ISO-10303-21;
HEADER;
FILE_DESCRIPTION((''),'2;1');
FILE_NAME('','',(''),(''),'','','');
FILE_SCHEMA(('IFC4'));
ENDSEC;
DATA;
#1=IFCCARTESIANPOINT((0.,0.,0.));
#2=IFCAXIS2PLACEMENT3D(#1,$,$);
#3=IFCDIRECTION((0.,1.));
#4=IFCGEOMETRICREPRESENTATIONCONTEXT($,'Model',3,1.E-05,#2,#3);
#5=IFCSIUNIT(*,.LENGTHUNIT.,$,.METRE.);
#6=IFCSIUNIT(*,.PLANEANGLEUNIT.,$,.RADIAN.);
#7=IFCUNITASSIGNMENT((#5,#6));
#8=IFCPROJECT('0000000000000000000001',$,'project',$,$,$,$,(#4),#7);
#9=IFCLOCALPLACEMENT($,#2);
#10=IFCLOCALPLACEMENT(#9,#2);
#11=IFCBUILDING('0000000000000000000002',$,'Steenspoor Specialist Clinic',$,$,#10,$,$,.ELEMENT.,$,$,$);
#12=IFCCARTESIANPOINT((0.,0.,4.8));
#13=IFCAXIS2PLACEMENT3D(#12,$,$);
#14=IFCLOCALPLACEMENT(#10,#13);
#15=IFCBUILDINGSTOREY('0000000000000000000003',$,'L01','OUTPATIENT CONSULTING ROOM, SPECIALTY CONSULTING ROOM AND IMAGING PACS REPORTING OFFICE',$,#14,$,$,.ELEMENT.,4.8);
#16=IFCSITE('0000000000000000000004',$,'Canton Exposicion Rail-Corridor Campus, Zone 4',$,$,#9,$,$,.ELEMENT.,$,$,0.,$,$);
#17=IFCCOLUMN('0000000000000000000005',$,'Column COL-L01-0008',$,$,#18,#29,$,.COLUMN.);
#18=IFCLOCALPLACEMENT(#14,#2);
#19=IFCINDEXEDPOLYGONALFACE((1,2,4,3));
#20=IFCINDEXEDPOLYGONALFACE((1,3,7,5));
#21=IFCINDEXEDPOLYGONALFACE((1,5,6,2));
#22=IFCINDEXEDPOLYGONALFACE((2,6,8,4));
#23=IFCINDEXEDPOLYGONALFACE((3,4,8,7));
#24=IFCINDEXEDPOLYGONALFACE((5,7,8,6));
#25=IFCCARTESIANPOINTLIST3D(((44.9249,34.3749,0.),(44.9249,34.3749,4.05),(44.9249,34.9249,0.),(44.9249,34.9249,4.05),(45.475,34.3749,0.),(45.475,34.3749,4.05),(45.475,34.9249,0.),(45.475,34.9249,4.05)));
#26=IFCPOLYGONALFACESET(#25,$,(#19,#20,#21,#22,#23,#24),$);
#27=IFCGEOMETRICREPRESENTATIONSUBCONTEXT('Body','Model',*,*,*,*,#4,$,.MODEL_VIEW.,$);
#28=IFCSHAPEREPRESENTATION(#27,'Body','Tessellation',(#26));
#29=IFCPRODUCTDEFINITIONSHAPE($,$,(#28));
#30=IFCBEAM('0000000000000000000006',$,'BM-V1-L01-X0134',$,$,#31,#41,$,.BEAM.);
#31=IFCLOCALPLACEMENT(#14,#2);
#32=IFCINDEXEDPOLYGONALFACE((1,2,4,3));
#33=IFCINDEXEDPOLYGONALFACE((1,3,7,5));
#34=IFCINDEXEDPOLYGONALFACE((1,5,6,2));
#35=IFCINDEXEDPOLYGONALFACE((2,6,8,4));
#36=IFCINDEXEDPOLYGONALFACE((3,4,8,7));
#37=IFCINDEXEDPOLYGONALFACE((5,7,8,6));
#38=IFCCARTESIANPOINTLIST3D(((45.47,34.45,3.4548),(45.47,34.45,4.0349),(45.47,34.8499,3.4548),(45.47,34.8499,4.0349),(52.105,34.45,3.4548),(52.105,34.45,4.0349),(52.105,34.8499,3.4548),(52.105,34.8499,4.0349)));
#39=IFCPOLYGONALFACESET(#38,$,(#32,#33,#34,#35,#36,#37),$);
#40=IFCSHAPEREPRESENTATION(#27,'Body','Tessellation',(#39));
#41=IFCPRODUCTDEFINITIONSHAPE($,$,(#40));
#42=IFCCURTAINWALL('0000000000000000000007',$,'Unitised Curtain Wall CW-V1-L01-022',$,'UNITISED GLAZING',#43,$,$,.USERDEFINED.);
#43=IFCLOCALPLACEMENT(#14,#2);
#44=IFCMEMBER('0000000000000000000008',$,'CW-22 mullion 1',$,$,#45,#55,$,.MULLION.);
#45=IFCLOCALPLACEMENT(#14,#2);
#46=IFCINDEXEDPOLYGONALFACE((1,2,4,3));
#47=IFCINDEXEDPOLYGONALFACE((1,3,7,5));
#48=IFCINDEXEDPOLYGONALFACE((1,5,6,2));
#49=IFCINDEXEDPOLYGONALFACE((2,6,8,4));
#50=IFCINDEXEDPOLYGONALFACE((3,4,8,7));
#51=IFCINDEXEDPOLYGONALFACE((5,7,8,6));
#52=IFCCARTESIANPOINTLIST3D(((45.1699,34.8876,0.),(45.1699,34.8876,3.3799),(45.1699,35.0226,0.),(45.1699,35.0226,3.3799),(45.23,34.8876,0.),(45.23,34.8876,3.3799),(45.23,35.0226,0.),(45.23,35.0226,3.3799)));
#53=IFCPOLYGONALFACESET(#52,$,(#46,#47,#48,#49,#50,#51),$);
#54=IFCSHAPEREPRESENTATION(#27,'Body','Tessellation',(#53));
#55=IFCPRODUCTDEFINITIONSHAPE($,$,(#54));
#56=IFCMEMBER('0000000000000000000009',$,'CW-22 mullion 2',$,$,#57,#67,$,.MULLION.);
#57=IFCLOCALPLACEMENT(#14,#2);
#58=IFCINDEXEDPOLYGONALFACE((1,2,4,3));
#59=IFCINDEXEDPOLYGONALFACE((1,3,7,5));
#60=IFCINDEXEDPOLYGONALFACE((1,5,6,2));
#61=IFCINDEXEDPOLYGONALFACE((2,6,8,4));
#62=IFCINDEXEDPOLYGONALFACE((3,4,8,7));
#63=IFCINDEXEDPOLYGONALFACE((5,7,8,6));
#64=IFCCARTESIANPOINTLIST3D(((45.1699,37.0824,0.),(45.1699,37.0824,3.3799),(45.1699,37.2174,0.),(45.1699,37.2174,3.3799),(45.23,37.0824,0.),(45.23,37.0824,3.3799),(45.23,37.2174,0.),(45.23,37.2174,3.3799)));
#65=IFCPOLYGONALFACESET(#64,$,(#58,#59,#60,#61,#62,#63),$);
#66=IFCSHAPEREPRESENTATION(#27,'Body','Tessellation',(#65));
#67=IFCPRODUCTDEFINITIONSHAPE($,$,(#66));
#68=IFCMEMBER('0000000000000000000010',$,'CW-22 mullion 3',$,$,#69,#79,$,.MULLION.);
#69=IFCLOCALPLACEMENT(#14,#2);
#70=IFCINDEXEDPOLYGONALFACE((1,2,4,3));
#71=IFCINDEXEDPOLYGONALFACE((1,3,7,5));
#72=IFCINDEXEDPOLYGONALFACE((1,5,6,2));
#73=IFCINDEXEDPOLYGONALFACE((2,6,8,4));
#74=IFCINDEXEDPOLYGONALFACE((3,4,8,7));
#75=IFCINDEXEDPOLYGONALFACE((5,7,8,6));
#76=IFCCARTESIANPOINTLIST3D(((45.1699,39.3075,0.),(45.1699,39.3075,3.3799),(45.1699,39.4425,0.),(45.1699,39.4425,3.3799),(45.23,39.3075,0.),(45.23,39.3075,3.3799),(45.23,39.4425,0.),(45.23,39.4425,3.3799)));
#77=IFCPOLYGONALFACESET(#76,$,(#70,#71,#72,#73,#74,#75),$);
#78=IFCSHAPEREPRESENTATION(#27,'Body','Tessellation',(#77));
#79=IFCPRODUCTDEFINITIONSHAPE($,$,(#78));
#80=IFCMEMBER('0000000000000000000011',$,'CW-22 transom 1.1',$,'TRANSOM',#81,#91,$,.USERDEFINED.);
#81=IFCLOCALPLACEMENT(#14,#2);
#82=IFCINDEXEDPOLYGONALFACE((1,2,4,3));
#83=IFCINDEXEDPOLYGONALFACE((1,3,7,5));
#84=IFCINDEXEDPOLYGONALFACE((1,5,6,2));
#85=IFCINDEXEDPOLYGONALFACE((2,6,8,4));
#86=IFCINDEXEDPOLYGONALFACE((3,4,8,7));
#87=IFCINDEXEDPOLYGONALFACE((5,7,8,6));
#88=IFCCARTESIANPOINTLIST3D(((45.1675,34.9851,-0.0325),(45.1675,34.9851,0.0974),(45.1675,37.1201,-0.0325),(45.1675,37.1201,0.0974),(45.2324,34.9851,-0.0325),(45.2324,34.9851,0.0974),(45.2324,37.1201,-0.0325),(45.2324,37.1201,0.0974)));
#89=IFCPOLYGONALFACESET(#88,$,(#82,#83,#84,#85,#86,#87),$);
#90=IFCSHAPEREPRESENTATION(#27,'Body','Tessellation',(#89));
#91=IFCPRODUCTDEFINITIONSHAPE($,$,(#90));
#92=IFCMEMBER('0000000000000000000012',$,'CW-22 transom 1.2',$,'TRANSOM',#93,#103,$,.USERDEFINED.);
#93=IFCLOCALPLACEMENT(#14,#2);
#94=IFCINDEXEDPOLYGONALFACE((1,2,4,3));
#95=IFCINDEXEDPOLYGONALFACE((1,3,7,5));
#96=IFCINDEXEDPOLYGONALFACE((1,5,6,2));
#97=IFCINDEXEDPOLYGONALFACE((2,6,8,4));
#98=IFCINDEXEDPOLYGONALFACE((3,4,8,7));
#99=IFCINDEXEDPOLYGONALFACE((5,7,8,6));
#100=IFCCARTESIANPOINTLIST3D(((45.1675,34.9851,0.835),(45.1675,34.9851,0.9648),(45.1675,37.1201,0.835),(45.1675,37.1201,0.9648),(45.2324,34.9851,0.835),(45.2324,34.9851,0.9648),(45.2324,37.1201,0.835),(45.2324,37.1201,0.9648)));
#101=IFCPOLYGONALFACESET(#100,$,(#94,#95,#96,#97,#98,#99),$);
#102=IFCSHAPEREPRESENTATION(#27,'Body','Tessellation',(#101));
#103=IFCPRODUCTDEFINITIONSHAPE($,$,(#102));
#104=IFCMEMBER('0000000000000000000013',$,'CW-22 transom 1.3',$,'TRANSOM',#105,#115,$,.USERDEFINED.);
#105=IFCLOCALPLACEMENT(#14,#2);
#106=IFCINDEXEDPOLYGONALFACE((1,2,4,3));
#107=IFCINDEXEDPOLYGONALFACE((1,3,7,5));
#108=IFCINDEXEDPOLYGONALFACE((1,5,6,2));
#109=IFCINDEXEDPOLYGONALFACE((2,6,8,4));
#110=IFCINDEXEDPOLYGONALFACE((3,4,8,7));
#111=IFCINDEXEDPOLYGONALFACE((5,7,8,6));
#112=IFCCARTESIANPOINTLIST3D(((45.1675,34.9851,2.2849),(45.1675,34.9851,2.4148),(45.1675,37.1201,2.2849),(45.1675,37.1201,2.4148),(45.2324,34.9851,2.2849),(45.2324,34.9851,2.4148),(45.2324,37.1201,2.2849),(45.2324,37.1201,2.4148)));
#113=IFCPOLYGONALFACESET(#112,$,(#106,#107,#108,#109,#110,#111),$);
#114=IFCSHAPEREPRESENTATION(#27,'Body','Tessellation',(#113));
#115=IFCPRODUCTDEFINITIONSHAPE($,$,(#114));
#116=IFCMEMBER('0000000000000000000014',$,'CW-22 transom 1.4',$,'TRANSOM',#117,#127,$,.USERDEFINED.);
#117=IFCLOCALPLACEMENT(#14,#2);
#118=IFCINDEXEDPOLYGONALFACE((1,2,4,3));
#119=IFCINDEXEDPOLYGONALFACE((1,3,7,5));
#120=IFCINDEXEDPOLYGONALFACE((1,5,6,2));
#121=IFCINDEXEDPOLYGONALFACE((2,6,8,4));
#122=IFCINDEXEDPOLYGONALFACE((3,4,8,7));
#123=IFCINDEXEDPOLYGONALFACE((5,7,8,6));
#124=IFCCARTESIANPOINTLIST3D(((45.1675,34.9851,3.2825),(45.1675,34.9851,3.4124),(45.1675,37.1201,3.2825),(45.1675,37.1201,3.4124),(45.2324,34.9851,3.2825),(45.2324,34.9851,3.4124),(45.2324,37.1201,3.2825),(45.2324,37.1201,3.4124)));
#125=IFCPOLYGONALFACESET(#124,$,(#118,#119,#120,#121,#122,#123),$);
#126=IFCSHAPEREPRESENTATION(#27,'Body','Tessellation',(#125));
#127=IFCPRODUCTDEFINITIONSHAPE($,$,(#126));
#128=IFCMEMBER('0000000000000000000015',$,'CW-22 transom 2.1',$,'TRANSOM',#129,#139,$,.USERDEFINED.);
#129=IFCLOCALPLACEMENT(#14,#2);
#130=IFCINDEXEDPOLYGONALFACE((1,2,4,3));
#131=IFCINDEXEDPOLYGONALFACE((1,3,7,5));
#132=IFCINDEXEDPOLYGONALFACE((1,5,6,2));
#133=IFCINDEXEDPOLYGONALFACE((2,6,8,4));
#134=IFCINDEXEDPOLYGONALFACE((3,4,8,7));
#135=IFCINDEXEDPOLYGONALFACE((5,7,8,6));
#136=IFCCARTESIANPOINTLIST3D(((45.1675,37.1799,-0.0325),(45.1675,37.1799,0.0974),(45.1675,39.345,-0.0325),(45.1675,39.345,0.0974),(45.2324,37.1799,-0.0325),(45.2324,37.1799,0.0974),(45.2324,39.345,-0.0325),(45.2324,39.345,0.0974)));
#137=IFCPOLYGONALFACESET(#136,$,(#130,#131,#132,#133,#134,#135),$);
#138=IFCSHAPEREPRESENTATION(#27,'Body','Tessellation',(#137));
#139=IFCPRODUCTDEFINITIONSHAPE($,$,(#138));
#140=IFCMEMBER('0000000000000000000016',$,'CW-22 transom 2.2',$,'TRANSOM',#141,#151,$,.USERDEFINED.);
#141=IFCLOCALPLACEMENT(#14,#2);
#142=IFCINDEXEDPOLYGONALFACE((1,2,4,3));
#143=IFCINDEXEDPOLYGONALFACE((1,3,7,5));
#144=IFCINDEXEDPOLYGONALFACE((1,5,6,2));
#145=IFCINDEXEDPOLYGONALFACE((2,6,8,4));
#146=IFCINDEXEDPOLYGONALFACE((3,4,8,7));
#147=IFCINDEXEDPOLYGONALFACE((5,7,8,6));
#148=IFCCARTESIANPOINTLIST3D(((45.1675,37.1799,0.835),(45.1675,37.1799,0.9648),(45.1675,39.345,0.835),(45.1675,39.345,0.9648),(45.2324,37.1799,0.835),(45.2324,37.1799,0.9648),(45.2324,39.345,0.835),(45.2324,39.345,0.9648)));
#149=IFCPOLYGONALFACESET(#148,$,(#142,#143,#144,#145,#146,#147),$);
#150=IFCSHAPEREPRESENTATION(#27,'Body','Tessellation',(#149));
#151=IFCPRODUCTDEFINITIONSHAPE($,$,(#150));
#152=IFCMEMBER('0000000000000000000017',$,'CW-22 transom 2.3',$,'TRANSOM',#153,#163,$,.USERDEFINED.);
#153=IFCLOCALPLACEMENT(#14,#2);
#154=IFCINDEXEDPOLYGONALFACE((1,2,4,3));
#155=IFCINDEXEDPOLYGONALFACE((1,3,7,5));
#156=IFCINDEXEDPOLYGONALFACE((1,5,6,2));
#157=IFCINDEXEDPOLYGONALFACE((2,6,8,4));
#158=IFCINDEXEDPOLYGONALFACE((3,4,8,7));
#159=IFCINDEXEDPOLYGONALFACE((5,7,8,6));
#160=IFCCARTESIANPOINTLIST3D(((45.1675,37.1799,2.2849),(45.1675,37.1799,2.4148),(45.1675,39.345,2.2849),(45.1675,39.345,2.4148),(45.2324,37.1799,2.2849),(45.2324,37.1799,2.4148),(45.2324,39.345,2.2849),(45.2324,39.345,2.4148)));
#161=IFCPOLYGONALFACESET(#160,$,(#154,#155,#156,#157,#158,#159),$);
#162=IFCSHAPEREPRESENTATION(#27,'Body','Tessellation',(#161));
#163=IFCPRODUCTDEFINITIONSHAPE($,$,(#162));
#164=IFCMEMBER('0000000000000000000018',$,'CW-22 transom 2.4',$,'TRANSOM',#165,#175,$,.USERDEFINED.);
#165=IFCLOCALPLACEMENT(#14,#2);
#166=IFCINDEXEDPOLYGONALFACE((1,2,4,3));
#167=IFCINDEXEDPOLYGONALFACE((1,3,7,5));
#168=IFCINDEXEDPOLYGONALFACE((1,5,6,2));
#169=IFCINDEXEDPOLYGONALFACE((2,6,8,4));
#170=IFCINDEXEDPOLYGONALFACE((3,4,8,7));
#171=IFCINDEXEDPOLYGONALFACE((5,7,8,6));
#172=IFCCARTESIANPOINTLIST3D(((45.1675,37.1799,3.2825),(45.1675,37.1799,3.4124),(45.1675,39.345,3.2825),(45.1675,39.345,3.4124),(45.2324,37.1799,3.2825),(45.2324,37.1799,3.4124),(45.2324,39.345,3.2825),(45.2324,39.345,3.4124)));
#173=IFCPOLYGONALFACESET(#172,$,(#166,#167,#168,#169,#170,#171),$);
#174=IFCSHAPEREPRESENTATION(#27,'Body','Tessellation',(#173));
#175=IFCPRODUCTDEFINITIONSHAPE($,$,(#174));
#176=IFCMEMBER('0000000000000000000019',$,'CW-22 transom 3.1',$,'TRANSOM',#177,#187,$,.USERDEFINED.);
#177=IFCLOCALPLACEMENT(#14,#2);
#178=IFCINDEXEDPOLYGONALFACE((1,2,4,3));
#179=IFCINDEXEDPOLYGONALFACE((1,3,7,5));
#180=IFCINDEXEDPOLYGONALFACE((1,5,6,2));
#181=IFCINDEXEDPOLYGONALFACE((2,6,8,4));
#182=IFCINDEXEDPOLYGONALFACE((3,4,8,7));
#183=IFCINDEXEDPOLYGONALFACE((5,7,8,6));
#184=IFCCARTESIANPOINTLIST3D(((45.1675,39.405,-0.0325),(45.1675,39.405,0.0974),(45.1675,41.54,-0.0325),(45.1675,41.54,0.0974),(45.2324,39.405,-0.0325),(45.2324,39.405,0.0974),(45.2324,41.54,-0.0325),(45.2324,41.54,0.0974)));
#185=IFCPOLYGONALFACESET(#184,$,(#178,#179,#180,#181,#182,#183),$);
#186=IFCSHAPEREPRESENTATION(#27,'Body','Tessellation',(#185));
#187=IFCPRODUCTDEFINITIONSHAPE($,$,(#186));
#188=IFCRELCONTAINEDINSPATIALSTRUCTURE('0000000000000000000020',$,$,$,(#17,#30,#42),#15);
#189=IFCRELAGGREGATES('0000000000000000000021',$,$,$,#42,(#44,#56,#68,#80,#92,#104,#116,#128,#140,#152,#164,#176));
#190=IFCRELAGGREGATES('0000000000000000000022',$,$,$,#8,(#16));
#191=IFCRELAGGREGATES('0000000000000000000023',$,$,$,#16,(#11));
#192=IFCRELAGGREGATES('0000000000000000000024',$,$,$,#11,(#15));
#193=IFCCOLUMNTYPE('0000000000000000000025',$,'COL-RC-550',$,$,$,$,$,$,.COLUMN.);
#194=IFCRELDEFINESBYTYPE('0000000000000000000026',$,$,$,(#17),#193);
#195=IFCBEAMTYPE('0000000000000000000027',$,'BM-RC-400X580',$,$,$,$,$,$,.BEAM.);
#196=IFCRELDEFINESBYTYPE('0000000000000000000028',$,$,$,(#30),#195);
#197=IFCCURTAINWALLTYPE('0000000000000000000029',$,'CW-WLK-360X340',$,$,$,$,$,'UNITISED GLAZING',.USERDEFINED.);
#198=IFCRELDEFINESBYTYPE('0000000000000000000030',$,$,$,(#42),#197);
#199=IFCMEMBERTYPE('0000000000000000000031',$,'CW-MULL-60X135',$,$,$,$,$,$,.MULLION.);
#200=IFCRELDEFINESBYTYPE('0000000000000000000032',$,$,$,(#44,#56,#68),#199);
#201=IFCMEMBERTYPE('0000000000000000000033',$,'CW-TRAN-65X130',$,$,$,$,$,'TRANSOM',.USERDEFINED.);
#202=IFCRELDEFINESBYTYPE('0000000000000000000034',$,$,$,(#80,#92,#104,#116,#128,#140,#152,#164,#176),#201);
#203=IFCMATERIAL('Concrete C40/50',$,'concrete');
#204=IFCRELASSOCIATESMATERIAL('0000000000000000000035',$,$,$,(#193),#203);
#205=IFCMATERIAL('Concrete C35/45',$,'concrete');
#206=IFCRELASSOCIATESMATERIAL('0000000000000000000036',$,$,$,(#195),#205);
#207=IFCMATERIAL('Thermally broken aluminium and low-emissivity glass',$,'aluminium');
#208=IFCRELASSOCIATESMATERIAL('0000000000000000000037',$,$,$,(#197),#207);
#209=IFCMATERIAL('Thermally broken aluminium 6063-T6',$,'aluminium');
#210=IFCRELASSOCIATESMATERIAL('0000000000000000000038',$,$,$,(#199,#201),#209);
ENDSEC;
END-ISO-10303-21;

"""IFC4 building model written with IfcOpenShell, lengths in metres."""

from ifc_helpers import new_model, si_unit, direction, frame, origin, origin_2d, place, context, subcontext, project, spatial, rectangle, extrude, material, material_profile, profile_set, type_object, element, aggregate, save


model = new_model("IFC4")

# Units and contexts
model_context = context("Model", 3, precision=1e-05, world=origin(), true_north=direction((0.0, 1.0)))
body_context = subcontext(model_context, "Body", "Model", "MODEL_VIEW")
ifc_project = project(units=[si_unit("LENGTHUNIT", "METRE"), si_unit("PLANEANGLEUNIT", "RADIAN")], contexts=[model_context])

# Site, building, storey
site_placement = place(None, origin())
site = spatial("IfcSite", under=ifc_project, at=site_placement, Name="Canton Exposicion Rail-Corridor Campus, Zone 4", CompositionType="ELEMENT", RefElevation=0.0)
building_placement = place(site_placement, origin())
building = spatial("IfcBuilding", under=site, at=building_placement, Name="Steenspoor Specialist Clinic", CompositionType="ELEMENT")
storey_placement = place(building_placement, frame((0.0, 0.0, 4.8)))
storey = spatial("IfcBuildingStorey", under=building, at=storey_placement, Name="L01", Description="OUTPATIENT CONSULTING ROOM, SPECIALTY CONSULTING ROOM AND IMAGING PACS REPORTING OFFICE", CompositionType="ELEMENT", Elevation=4.8)

# Column
ifc_material_1 = material(Name="Concrete C40/50", Category="concrete")
ifc_material_profile_1 = material_profile(ifc_material_1, rectangle(XDim=0.55, YDim=0.55, at=origin_2d()), Name="RC-COL-550X550")
ifc_profile_set_1 = profile_set([ifc_material_profile_1], Name="Concrete C40/50")
column_type = type_object("IfcColumnType", Name="COL-RC-550", PredefinedType="COLUMN", material=ifc_profile_set_1)
column_placement = place(storey_placement, frame((45.2, 34.6499, 0.0), z_axis=(0.0, 0.0, 1.0), x_axis=(1.0, 0.0, 0.0)))
element("IfcColumn", 1, at=column_placement, inside=storey, type_object=column_type, Name="Column COL-L01-0008", PredefinedType="COLUMN", context=body_context, shape_type="SweptSolid", body=[
    extrude(rectangle(XDim=0.55, YDim=0.55, at=origin_2d()), origin(), (0.0, 0.0, 1.0), 4.05),
])

# Beam
ifc_material_2 = material(Name="Concrete C35/45", Category="concrete")
ifc_material_profile_2 = material_profile(ifc_material_2, rectangle(XDim=0.3999, YDim=0.5801, at=origin_2d()), Name="RC-BM-400X580")
ifc_profile_set_2 = profile_set([ifc_material_profile_2], Name="Concrete C35/45")
beam_type = type_object("IfcBeamType", Name="BM-RC-400X580", PredefinedType="BEAM", material=ifc_profile_set_2)
beam_placement = place(storey_placement, frame((45.47, 34.6499, 3.7449), z_axis=(1.0, 0.0, 0.0), x_axis=(0.0, 1.0, 0.0)))
element("IfcBeam", 2, at=beam_placement, inside=storey, type_object=beam_type, Name="BM-V1-L01-X0134", PredefinedType="BEAM", context=body_context, shape_type="SweptSolid", body=[
    extrude(rectangle(XDim=0.3999, YDim=0.5801, at=origin_2d()), origin(), (0.0, 0.0, 1.0), 6.635),
])

# Curtain wall, members
ifc_material_3 = material(Name="Thermally broken aluminium and low-emissivity glass", Category="aluminium")
curtain_wall_type = type_object("IfcCurtainWallType", Name="CW-WLK-360X340", ElementType="UNITISED GLAZING", PredefinedType="USERDEFINED", material=ifc_material_3)
curtain_wall_placement = place(storey_placement, origin())
curtain_wall = element("IfcCurtainWall", 3, at=curtain_wall_placement, inside=storey, type_object=curtain_wall_type, Name="Unitised Curtain Wall CW-V1-L01-022", ObjectType="UNITISED GLAZING", PredefinedType="USERDEFINED")
ifc_material_4 = material(Name="Thermally broken aluminium 6063-T6", Category="aluminium")
ifc_material_profile_3 = material_profile(ifc_material_4, rectangle(XDim=0.0601, YDim=0.135, at=origin_2d()), Name="CWM-60X135")
ifc_profile_set_3 = profile_set([ifc_material_profile_3], Name="Thermally broken aluminium 6063-T6")
member_type_1 = type_object("IfcMemberType", Name="CW-MULL-60X135", PredefinedType="MULLION", material=ifc_profile_set_3)
member_1_placement = place(storey_placement, frame((45.2, 34.9551, 0.0), z_axis=(0.0, 0.0, 1.0), x_axis=(-1.0, 0.0, 0.0)))
member_1 = element("IfcMember", 4, at=member_1_placement, type_object=member_type_1, Name="CW-22 mullion 1", PredefinedType="MULLION", context=body_context, shape_type="SweptSolid", body=[
    extrude(rectangle(XDim=0.0601, YDim=0.135, at=origin_2d()), origin(), (0.0, 0.0, 1.0), 3.3799),
])
member_2_placement = place(storey_placement, frame((45.2, 37.1499, 0.0), z_axis=(0.0, 0.0, 1.0), x_axis=(-1.0, 0.0, 0.0)))
member_2 = element("IfcMember", 5, at=member_2_placement, type_object=member_type_1, Name="CW-22 mullion 2", PredefinedType="MULLION", context=body_context, shape_type="SweptSolid", body=[
    extrude(rectangle(XDim=0.0601, YDim=0.135, at=origin_2d()), origin(), (0.0, 0.0, 1.0), 3.3799),
])
member_3_placement = place(storey_placement, frame((45.2, 39.375, 0.0), z_axis=(0.0, 0.0, 1.0), x_axis=(-1.0, 0.0, 0.0)))
member_3 = element("IfcMember", 6, at=member_3_placement, type_object=member_type_1, Name="CW-22 mullion 3", PredefinedType="MULLION", context=body_context, shape_type="SweptSolid", body=[
    extrude(rectangle(XDim=0.0601, YDim=0.135, at=origin_2d()), origin(), (0.0, 0.0, 1.0), 3.3799),
])
ifc_material_profile_4 = material_profile(ifc_material_4, rectangle(XDim=0.0649, YDim=0.1299, at=origin_2d()), Name="CWT-65X130")
ifc_profile_set_4 = profile_set([ifc_material_profile_4], Name="Thermally broken aluminium 6063-T6")
member_type_2 = type_object("IfcMemberType", Name="CW-TRAN-65X130", ElementType="TRANSOM", PredefinedType="USERDEFINED", material=ifc_profile_set_4)
member_4_placement = place(storey_placement, frame((45.2, 34.9851, 0.0325), z_axis=(0.0, 1.0, 0.0), x_axis=(-1.0, 0.0, 0.0)))
member_4 = element("IfcMember", 7, at=member_4_placement, type_object=member_type_2, Name="CW-22 transom 1.1", ObjectType="TRANSOM", PredefinedType="USERDEFINED", context=body_context, shape_type="SweptSolid", body=[
    extrude(rectangle(XDim=0.0649, YDim=0.1299, at=origin_2d()), origin(), (0.0, 0.0, 1.0), 2.135),
])
member_5_placement = place(storey_placement, frame((45.2, 34.9851, 0.8999), z_axis=(0.0, 1.0, 0.0), x_axis=(-1.0, 0.0, 0.0)))
member_5 = element("IfcMember", 8, at=member_5_placement, type_object=member_type_2, Name="CW-22 transom 1.2", ObjectType="TRANSOM", PredefinedType="USERDEFINED", context=body_context, shape_type="SweptSolid", body=[
    extrude(rectangle(XDim=0.0649, YDim=0.1299, at=origin_2d()), origin(), (0.0, 0.0, 1.0), 2.135),
])
member_6_placement = place(storey_placement, frame((45.2, 34.9851, 2.3499), z_axis=(0.0, 1.0, 0.0), x_axis=(-1.0, 0.0, 0.0)))
member_6 = element("IfcMember", 9, at=member_6_placement, type_object=member_type_2, Name="CW-22 transom 1.3", ObjectType="TRANSOM", PredefinedType="USERDEFINED", context=body_context, shape_type="SweptSolid", body=[
    extrude(rectangle(XDim=0.0649, YDim=0.1299, at=origin_2d()), origin(), (0.0, 0.0, 1.0), 2.135),
])
member_7_placement = place(storey_placement, frame((45.2, 34.9851, 3.3474), z_axis=(0.0, 1.0, 0.0), x_axis=(-1.0, 0.0, 0.0)))
member_7 = element("IfcMember", 10, at=member_7_placement, type_object=member_type_2, Name="CW-22 transom 1.4", ObjectType="TRANSOM", PredefinedType="USERDEFINED", context=body_context, shape_type="SweptSolid", body=[
    extrude(rectangle(XDim=0.0649, YDim=0.1299, at=origin_2d()), origin(), (0.0, 0.0, 1.0), 2.135),
])
member_8_placement = place(storey_placement, frame((45.2, 37.1799, 0.0325), z_axis=(0.0, 1.0, 0.0), x_axis=(-1.0, 0.0, 0.0)))
member_8 = element("IfcMember", 11, at=member_8_placement, type_object=member_type_2, Name="CW-22 transom 2.1", ObjectType="TRANSOM", PredefinedType="USERDEFINED", context=body_context, shape_type="SweptSolid", body=[
    extrude(rectangle(XDim=0.0649, YDim=0.1299, at=origin_2d()), origin(), (0.0, 0.0, 1.0), 2.165),
])
member_9_placement = place(storey_placement, frame((45.2, 37.1799, 0.8999), z_axis=(0.0, 1.0, 0.0), x_axis=(-1.0, 0.0, 0.0)))
member_9 = element("IfcMember", 12, at=member_9_placement, type_object=member_type_2, Name="CW-22 transom 2.2", ObjectType="TRANSOM", PredefinedType="USERDEFINED", context=body_context, shape_type="SweptSolid", body=[
    extrude(rectangle(XDim=0.0649, YDim=0.1299, at=origin_2d()), origin(), (0.0, 0.0, 1.0), 2.165),
])
member_10_placement = place(storey_placement, frame((45.2, 37.1799, 2.3499), z_axis=(0.0, 1.0, 0.0), x_axis=(-1.0, 0.0, 0.0)))
member_10 = element("IfcMember", 13, at=member_10_placement, type_object=member_type_2, Name="CW-22 transom 2.3", ObjectType="TRANSOM", PredefinedType="USERDEFINED", context=body_context, shape_type="SweptSolid", body=[
    extrude(rectangle(XDim=0.0649, YDim=0.1299, at=origin_2d()), origin(), (0.0, 0.0, 1.0), 2.165),
])
member_11_placement = place(storey_placement, frame((45.2, 37.1799, 3.3474), z_axis=(0.0, 1.0, 0.0), x_axis=(-1.0, 0.0, 0.0)))
member_11 = element("IfcMember", 14, at=member_11_placement, type_object=member_type_2, Name="CW-22 transom 2.4", ObjectType="TRANSOM", PredefinedType="USERDEFINED", context=body_context, shape_type="SweptSolid", body=[
    extrude(rectangle(XDim=0.0649, YDim=0.1299, at=origin_2d()), origin(), (0.0, 0.0, 1.0), 2.165),
])
member_12_placement = place(storey_placement, frame((45.2, 39.405, 0.0325), z_axis=(0.0, 1.0, 0.0), x_axis=(-1.0, 0.0, 0.0)))
member_12 = element("IfcMember", 15, at=member_12_placement, type_object=member_type_2, Name="CW-22 transom 3.1", ObjectType="TRANSOM", PredefinedType="USERDEFINED", context=body_context, shape_type="SweptSolid", body=[
    extrude(rectangle(XDim=0.0649, YDim=0.1299, at=origin_2d()), origin(), (0.0, 0.0, 1.0), 2.135),
])
aggregate(curtain_wall, [member_1, member_2, member_3, member_4, member_5, member_6, member_7, member_8, member_9, member_10, member_11, member_12])

save(model, "model.ifc")
